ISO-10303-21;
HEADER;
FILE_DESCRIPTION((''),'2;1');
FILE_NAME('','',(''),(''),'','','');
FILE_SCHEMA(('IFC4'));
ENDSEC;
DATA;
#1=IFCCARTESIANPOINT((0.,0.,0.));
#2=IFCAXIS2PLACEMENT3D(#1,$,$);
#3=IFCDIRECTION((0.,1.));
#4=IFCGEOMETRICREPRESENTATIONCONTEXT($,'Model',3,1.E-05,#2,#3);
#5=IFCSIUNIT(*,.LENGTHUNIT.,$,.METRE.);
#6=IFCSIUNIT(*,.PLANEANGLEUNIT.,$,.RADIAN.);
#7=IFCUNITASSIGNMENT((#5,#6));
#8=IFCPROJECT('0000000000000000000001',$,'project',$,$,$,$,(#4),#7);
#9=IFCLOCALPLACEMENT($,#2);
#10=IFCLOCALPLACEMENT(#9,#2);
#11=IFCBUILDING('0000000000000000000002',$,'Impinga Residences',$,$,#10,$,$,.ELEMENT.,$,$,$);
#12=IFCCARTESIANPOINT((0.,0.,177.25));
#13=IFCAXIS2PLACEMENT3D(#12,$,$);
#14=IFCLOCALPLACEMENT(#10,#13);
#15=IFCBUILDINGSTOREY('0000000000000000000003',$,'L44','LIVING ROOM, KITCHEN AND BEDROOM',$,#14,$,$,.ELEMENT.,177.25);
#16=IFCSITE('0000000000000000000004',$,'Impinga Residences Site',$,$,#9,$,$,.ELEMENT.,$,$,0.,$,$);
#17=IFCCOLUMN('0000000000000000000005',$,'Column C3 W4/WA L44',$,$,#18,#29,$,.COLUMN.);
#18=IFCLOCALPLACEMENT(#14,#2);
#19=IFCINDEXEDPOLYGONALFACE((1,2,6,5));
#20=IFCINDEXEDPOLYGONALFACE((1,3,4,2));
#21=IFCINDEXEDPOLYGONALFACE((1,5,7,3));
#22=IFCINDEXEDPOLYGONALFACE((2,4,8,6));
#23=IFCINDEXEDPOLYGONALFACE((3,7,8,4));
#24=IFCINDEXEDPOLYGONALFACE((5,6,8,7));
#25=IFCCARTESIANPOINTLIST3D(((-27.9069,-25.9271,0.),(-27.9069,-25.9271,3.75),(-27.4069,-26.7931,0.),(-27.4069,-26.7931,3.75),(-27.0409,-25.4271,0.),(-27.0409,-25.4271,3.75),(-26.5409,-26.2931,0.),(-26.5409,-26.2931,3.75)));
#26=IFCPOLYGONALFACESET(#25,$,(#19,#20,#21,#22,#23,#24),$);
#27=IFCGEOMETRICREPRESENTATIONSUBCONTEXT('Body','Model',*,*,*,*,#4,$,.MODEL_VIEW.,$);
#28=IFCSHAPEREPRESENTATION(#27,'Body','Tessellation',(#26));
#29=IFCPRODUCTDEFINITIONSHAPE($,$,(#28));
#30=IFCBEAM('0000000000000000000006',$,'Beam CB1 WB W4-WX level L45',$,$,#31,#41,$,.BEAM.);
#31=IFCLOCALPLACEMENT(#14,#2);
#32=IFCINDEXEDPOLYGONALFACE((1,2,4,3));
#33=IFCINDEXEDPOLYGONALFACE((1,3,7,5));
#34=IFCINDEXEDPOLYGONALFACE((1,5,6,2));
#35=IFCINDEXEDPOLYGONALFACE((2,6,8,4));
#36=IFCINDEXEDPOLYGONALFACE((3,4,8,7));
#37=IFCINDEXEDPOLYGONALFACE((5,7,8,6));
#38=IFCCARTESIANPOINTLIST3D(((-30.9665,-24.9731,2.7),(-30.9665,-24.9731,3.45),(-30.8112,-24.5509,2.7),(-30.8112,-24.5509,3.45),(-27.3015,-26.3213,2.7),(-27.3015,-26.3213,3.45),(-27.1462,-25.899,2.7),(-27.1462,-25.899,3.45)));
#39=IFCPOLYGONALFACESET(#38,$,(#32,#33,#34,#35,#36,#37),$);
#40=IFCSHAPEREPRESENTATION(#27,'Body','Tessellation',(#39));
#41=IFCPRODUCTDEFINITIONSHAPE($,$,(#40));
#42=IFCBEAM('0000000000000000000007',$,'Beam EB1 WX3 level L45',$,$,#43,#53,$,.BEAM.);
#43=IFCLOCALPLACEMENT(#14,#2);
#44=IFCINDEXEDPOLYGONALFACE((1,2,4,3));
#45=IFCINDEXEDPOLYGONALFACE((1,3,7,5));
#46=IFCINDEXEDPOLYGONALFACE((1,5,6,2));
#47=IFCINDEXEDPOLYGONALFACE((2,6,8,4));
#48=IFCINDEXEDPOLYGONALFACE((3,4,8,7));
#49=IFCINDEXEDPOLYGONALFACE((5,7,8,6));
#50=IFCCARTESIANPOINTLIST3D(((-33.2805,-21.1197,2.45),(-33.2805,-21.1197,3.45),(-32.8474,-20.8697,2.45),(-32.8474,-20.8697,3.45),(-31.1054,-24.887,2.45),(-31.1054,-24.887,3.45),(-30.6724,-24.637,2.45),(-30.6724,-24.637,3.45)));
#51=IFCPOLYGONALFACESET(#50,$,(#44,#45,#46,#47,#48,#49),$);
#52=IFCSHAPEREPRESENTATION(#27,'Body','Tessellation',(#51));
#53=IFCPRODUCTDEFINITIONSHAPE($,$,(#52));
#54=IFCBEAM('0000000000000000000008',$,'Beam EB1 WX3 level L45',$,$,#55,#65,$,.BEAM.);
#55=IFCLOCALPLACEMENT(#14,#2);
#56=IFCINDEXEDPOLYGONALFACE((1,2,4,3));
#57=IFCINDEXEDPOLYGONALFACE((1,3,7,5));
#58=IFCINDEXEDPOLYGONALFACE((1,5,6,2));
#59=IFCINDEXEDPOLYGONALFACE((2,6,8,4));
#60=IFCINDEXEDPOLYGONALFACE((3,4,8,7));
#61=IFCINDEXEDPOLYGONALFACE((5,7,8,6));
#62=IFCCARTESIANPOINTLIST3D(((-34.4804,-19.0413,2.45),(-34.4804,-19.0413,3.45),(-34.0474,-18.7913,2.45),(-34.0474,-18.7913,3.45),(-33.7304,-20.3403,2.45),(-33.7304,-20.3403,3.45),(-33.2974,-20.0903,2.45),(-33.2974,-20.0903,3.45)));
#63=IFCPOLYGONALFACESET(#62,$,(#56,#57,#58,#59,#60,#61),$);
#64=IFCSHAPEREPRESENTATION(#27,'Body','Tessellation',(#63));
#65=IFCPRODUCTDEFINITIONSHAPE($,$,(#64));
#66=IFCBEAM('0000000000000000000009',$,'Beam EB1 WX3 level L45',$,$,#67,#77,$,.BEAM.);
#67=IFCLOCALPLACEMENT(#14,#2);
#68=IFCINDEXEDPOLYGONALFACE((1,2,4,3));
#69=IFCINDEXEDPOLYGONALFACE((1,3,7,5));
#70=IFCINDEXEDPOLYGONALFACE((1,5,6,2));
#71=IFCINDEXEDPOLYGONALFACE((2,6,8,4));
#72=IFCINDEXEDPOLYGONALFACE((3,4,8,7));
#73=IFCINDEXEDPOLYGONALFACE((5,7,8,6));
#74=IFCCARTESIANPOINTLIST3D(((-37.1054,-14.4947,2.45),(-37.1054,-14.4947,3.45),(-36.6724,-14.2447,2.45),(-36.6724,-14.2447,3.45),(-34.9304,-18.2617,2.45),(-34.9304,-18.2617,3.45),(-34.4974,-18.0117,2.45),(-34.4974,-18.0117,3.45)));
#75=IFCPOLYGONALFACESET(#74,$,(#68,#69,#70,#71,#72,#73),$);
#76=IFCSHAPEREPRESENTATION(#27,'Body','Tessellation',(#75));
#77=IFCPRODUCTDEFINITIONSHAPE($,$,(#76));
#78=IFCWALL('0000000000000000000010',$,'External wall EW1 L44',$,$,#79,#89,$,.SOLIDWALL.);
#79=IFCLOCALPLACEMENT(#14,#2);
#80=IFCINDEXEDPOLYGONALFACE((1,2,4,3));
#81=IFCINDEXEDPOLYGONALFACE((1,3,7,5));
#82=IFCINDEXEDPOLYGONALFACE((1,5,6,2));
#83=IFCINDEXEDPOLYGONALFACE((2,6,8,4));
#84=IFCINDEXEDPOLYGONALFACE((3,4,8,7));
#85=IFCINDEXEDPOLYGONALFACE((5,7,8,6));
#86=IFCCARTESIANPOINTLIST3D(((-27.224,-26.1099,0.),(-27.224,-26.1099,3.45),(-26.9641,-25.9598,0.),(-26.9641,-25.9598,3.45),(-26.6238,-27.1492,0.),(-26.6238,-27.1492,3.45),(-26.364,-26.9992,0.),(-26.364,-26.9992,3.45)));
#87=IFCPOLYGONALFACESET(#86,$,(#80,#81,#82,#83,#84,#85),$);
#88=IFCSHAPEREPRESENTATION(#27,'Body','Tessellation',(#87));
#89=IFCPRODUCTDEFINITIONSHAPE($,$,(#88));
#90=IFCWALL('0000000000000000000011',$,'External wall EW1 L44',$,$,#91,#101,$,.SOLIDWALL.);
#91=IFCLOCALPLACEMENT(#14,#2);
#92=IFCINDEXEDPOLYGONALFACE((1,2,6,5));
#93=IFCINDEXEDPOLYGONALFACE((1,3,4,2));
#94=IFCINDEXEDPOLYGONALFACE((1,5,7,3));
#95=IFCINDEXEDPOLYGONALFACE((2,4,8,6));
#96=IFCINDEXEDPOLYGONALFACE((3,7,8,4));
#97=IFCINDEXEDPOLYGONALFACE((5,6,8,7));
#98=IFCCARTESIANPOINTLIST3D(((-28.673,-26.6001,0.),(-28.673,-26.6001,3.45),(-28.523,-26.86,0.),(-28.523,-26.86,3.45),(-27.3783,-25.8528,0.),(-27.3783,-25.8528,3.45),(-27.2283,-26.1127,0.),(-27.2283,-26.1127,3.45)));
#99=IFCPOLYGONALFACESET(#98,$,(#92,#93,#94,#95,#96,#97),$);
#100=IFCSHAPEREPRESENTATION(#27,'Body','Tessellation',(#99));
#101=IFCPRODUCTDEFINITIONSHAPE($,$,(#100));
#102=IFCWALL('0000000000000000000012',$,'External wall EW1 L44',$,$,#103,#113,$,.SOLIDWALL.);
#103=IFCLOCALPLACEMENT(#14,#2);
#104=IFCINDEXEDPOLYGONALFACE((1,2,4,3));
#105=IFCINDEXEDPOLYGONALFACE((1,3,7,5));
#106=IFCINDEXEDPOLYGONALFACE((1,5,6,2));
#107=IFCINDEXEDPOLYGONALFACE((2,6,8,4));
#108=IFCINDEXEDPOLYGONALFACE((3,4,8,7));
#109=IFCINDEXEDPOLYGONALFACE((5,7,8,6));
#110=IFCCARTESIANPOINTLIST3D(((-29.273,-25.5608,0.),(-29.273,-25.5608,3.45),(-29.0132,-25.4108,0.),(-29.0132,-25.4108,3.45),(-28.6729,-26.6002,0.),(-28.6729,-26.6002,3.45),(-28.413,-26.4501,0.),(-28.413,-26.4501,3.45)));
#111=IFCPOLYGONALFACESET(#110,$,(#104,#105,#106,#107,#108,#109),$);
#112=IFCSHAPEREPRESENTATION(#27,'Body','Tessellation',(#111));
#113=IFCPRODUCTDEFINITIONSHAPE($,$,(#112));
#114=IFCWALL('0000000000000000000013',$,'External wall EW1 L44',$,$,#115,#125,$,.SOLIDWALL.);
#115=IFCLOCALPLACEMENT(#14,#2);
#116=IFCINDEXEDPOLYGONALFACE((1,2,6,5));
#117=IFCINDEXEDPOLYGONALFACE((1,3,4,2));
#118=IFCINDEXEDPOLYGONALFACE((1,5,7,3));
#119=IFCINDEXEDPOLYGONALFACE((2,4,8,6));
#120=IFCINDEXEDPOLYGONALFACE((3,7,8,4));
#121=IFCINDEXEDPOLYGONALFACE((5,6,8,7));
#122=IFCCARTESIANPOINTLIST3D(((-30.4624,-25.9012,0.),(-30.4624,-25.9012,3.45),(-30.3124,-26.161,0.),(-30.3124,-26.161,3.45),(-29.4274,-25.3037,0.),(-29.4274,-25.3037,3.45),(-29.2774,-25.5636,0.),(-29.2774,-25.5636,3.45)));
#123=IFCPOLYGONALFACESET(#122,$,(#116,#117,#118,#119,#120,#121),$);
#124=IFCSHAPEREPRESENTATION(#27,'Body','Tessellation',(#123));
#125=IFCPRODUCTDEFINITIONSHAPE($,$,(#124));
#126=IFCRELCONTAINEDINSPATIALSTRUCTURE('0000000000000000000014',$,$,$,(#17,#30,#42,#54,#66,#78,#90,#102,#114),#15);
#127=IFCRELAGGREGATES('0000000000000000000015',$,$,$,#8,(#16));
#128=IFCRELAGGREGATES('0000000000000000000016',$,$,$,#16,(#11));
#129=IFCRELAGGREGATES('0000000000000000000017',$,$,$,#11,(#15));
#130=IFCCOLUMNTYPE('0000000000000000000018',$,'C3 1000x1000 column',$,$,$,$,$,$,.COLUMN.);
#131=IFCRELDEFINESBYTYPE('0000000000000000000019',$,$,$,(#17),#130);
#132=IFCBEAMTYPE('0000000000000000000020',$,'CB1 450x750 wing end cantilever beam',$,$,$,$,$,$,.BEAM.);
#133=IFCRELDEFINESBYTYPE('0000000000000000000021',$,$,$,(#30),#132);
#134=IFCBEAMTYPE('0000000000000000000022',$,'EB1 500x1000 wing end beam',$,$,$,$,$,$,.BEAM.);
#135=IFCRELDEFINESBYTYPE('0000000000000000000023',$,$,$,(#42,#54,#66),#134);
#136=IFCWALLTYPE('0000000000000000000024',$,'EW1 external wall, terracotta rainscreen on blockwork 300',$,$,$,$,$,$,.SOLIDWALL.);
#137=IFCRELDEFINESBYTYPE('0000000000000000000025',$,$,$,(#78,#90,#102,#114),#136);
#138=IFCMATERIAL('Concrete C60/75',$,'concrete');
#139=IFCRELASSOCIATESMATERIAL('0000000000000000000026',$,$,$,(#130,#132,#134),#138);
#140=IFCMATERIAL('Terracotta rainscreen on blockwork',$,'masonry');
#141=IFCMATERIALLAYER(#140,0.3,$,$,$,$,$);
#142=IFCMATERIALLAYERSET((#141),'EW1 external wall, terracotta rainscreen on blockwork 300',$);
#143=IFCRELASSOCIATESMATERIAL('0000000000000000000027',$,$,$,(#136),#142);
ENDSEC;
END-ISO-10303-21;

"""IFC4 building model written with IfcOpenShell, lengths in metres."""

from ifc_helpers import new_model, si_unit, direction, frame, frame_2d, origin, origin_2d, place, context, subcontext, project, spatial, rectangle, extrude, material, layer, layer_set, material_profile, profile_set, type_object, element, save


model = new_model("IFC4")

# Units and contexts
model_context = context("Model", 3, precision=1e-05, world=origin(), true_north=direction((0.0, 1.0)))
body_context = subcontext(model_context, "Body", "Model", "MODEL_VIEW")
ifc_project = project(units=[si_unit("LENGTHUNIT", "METRE"), si_unit("PLANEANGLEUNIT", "RADIAN")], contexts=[model_context])

# Site, building, storey
site_placement = place(None, origin())
site = spatial("IfcSite", under=ifc_project, at=site_placement, Name="Impinga Residences Site", CompositionType="ELEMENT", RefElevation=0.0)
building_placement = place(site_placement, origin())
building = spatial("IfcBuilding", under=site, at=building_placement, Name="Impinga Residences", CompositionType="ELEMENT")
storey_placement = place(building_placement, frame((0.0, 0.0, 177.25)))
storey = spatial("IfcBuildingStorey", under=building, at=storey_placement, Name="L44", Description="LIVING ROOM, KITCHEN AND BEDROOM", CompositionType="ELEMENT", Elevation=177.25)

# Column
ifc_material_1 = material(Name="Concrete C60/75", Category="concrete")
ifc_material_profile_1 = material_profile(ifc_material_1, rectangle(XDim=1.0, YDim=1.0, at=origin_2d()), Name="RC 1000x1000")
ifc_profile_set_1 = profile_set([ifc_material_profile_1], Name="Concrete C60/75")
column_type = type_object("IfcColumnType", Name="C3 1000x1000 column", PredefinedType="COLUMN", material=ifc_profile_set_1)
column_placement = place(storey_placement, frame((-27.2239, -26.1101, 0.0), z_axis=(0.0, 0.0, 1.0), x_axis=(-0.5, 0.866025, 0.0)))
element("IfcColumn", 1, at=column_placement, inside=storey, type_object=column_type, Name="Column C3 W4/WA L44", PredefinedType="COLUMN", context=body_context, shape_type="SweptSolid", body=[
    extrude(rectangle(XDim=1.0, YDim=1.0, at=origin_2d()), origin(), (0.0, 0.0, 1.0), 3.75),
])

# Beams
ifc_material_profile_2 = material_profile(ifc_material_1, rectangle(XDim=0.45, YDim=0.75, at=origin_2d()), Name="RC 450x750")
ifc_profile_set_2 = profile_set([ifc_material_profile_2], Name="Concrete C60/75")
beam_type_1 = type_object("IfcBeamType", Name="CB1 450x750 wing end cantilever beam", PredefinedType="BEAM", material=ifc_profile_set_2)
beam_1_placement = place(storey_placement, frame((-27.2239, -26.1101, 3.075), z_axis=(-0.93852, 0.345224, 0.0), x_axis=(-0.345224, -0.93852, 0.0)))
element("IfcBeam", 2, at=beam_1_placement, inside=storey, type_object=beam_type_1, Name="Beam CB1 WB W4-WX level L45", PredefinedType="BEAM", context=body_context, shape_type="SweptSolid", body=[
    extrude(rectangle(XDim=0.45, YDim=0.75, at=origin_2d()), origin(), (0.0, 0.0, 1.0), 3.905),
])
ifc_material_profile_3 = material_profile(ifc_material_1, rectangle(XDim=0.5, YDim=1.0, at=origin_2d()), Name="RC 500x1000")
ifc_profile_set_3 = profile_set([ifc_material_profile_3], Name="Concrete C60/75")
beam_type_2 = type_object("IfcBeamType", Name="EB1 500x1000 wing end beam", PredefinedType="BEAM", material=ifc_profile_set_3)
beam_2_placement = place(storey_placement, frame((-30.8889, -24.762, 2.95), z_axis=(-0.499996, 0.866028, 0.0), x_axis=(-0.866028, -0.499996, 0.0)))
element("IfcBeam", 3, at=beam_2_placement, inside=storey, type_object=beam_type_2, Name="Beam EB1 WX3 level L45", PredefinedType="BEAM", context=body_context, shape_type="SweptSolid", body=[
    extrude(rectangle(XDim=0.5, YDim=1.0, at=origin_2d()), origin(), (0.0, 0.0, 1.0), 4.3501),
])
beam_3_placement = place(storey_placement, frame((-33.5139, -20.2153, 2.95), z_axis=(-0.49999, 0.866031, 0.0), x_axis=(-0.866031, -0.49999, 0.0)))
element("IfcBeam", 4, at=beam_3_placement, inside=storey, type_object=beam_type_2, Name="Beam EB1 WX3 level L45", PredefinedType="BEAM", context=body_context, shape_type="SweptSolid", body=[
    extrude(rectangle(XDim=0.5, YDim=1.0, at=origin_2d()), origin(), (0.0, 0.0, 1.0), 1.5),
])
beam_4_placement = place(storey_placement, frame((-34.7139, -18.1367, 2.95), z_axis=(-0.50002, 0.866014, 0.0), x_axis=(-0.866014, -0.50002, 0.0)))
element("IfcBeam", 5, at=beam_4_placement, inside=storey, type_object=beam_type_2, Name="Beam EB1 WX3 level L45", PredefinedType="BEAM", context=body_context, shape_type="SweptSolid", body=[
    extrude(rectangle(XDim=0.5, YDim=1.0, at=origin_2d()), origin(), (0.0, 0.0, 1.0), 4.3499),
])

# Walls
ifc_material_2 = material(Name="Terracotta rainscreen on blockwork", Category="masonry")
ifc_layer_1 = layer(ifc_material_2, 0.3)
ifc_layer_set_1 = layer_set([ifc_layer_1], Name="EW1 external wall, terracotta rainscreen on blockwork 300")
wall_type_1 = type_object("IfcWallType", Name="EW1 external wall, terracotta rainscreen on blockwork 300", PredefinedType="SOLIDWALL", material=ifc_layer_set_1)
wall_1_placement = place(storey_placement, frame((-26.4939, -27.0742, 0.0), z_axis=(0.0, 0.0, 1.0), x_axis=(-0.500034, 0.866006, 0.0)))
element("IfcWall", 6, at=wall_1_placement, inside=storey, type_object=wall_type_1, Name="External wall EW1 L44", PredefinedType="SOLIDWALL", context=body_context, shape_type="SweptSolid", body=[
    extrude(rectangle(XDim=1.2002, YDim=0.3, at=frame_2d((0.6001, 0.0))), origin(), (0.0, 0.0, 1.0), 3.45),
])
wall_2_placement = place(storey_placement, frame((-27.3032, -25.9827, 0.0), z_axis=(0.0, 0.0, 1.0), x_axis=(-0.866074, -0.499916, 0.0)))
element("IfcWall", 7, at=wall_2_placement, inside=storey, type_object=wall_type_1, Name="External wall EW1 L44", PredefinedType="SOLIDWALL", context=body_context, shape_type="SweptSolid", body=[
    extrude(rectangle(XDim=1.4949, YDim=0.3, at=frame_2d((0.7476, 0.0))), origin(), (0.0, 0.0, 1.0), 3.45),
])
wall_3_placement = place(storey_placement, frame((-28.543, -26.5251, 0.0), z_axis=(0.0, 0.0, 1.0), x_axis=(-0.500034, 0.866006, 0.0)))
element("IfcWall", 8, at=wall_3_placement, inside=storey, type_object=wall_type_1, Name="External wall EW1 L44", PredefinedType="SOLIDWALL", context=body_context, shape_type="SweptSolid", body=[
    extrude(rectangle(XDim=1.2002, YDim=0.3, at=frame_2d((0.6001, 0.0))), origin(), (0.0, 0.0, 1.0), 3.45),
])
wall_4_placement = place(storey_placement, frame((-29.3523, -25.4336, 0.0), z_axis=(0.0, 0.0, 1.0), x_axis=(-0.86606, -0.499941, 0.0)))
element("IfcWall", 9, at=wall_4_placement, inside=storey, type_object=wall_type_1, Name="External wall EW1 L44", PredefinedType="SOLIDWALL", context=body_context, shape_type="SweptSolid", body=[
    extrude(rectangle(XDim=1.1951, YDim=0.3, at=frame_2d((0.5977, 0.0))), origin(), (0.0, 0.0, 1.0), 3.45),
])

save(model, "model.ifc")
